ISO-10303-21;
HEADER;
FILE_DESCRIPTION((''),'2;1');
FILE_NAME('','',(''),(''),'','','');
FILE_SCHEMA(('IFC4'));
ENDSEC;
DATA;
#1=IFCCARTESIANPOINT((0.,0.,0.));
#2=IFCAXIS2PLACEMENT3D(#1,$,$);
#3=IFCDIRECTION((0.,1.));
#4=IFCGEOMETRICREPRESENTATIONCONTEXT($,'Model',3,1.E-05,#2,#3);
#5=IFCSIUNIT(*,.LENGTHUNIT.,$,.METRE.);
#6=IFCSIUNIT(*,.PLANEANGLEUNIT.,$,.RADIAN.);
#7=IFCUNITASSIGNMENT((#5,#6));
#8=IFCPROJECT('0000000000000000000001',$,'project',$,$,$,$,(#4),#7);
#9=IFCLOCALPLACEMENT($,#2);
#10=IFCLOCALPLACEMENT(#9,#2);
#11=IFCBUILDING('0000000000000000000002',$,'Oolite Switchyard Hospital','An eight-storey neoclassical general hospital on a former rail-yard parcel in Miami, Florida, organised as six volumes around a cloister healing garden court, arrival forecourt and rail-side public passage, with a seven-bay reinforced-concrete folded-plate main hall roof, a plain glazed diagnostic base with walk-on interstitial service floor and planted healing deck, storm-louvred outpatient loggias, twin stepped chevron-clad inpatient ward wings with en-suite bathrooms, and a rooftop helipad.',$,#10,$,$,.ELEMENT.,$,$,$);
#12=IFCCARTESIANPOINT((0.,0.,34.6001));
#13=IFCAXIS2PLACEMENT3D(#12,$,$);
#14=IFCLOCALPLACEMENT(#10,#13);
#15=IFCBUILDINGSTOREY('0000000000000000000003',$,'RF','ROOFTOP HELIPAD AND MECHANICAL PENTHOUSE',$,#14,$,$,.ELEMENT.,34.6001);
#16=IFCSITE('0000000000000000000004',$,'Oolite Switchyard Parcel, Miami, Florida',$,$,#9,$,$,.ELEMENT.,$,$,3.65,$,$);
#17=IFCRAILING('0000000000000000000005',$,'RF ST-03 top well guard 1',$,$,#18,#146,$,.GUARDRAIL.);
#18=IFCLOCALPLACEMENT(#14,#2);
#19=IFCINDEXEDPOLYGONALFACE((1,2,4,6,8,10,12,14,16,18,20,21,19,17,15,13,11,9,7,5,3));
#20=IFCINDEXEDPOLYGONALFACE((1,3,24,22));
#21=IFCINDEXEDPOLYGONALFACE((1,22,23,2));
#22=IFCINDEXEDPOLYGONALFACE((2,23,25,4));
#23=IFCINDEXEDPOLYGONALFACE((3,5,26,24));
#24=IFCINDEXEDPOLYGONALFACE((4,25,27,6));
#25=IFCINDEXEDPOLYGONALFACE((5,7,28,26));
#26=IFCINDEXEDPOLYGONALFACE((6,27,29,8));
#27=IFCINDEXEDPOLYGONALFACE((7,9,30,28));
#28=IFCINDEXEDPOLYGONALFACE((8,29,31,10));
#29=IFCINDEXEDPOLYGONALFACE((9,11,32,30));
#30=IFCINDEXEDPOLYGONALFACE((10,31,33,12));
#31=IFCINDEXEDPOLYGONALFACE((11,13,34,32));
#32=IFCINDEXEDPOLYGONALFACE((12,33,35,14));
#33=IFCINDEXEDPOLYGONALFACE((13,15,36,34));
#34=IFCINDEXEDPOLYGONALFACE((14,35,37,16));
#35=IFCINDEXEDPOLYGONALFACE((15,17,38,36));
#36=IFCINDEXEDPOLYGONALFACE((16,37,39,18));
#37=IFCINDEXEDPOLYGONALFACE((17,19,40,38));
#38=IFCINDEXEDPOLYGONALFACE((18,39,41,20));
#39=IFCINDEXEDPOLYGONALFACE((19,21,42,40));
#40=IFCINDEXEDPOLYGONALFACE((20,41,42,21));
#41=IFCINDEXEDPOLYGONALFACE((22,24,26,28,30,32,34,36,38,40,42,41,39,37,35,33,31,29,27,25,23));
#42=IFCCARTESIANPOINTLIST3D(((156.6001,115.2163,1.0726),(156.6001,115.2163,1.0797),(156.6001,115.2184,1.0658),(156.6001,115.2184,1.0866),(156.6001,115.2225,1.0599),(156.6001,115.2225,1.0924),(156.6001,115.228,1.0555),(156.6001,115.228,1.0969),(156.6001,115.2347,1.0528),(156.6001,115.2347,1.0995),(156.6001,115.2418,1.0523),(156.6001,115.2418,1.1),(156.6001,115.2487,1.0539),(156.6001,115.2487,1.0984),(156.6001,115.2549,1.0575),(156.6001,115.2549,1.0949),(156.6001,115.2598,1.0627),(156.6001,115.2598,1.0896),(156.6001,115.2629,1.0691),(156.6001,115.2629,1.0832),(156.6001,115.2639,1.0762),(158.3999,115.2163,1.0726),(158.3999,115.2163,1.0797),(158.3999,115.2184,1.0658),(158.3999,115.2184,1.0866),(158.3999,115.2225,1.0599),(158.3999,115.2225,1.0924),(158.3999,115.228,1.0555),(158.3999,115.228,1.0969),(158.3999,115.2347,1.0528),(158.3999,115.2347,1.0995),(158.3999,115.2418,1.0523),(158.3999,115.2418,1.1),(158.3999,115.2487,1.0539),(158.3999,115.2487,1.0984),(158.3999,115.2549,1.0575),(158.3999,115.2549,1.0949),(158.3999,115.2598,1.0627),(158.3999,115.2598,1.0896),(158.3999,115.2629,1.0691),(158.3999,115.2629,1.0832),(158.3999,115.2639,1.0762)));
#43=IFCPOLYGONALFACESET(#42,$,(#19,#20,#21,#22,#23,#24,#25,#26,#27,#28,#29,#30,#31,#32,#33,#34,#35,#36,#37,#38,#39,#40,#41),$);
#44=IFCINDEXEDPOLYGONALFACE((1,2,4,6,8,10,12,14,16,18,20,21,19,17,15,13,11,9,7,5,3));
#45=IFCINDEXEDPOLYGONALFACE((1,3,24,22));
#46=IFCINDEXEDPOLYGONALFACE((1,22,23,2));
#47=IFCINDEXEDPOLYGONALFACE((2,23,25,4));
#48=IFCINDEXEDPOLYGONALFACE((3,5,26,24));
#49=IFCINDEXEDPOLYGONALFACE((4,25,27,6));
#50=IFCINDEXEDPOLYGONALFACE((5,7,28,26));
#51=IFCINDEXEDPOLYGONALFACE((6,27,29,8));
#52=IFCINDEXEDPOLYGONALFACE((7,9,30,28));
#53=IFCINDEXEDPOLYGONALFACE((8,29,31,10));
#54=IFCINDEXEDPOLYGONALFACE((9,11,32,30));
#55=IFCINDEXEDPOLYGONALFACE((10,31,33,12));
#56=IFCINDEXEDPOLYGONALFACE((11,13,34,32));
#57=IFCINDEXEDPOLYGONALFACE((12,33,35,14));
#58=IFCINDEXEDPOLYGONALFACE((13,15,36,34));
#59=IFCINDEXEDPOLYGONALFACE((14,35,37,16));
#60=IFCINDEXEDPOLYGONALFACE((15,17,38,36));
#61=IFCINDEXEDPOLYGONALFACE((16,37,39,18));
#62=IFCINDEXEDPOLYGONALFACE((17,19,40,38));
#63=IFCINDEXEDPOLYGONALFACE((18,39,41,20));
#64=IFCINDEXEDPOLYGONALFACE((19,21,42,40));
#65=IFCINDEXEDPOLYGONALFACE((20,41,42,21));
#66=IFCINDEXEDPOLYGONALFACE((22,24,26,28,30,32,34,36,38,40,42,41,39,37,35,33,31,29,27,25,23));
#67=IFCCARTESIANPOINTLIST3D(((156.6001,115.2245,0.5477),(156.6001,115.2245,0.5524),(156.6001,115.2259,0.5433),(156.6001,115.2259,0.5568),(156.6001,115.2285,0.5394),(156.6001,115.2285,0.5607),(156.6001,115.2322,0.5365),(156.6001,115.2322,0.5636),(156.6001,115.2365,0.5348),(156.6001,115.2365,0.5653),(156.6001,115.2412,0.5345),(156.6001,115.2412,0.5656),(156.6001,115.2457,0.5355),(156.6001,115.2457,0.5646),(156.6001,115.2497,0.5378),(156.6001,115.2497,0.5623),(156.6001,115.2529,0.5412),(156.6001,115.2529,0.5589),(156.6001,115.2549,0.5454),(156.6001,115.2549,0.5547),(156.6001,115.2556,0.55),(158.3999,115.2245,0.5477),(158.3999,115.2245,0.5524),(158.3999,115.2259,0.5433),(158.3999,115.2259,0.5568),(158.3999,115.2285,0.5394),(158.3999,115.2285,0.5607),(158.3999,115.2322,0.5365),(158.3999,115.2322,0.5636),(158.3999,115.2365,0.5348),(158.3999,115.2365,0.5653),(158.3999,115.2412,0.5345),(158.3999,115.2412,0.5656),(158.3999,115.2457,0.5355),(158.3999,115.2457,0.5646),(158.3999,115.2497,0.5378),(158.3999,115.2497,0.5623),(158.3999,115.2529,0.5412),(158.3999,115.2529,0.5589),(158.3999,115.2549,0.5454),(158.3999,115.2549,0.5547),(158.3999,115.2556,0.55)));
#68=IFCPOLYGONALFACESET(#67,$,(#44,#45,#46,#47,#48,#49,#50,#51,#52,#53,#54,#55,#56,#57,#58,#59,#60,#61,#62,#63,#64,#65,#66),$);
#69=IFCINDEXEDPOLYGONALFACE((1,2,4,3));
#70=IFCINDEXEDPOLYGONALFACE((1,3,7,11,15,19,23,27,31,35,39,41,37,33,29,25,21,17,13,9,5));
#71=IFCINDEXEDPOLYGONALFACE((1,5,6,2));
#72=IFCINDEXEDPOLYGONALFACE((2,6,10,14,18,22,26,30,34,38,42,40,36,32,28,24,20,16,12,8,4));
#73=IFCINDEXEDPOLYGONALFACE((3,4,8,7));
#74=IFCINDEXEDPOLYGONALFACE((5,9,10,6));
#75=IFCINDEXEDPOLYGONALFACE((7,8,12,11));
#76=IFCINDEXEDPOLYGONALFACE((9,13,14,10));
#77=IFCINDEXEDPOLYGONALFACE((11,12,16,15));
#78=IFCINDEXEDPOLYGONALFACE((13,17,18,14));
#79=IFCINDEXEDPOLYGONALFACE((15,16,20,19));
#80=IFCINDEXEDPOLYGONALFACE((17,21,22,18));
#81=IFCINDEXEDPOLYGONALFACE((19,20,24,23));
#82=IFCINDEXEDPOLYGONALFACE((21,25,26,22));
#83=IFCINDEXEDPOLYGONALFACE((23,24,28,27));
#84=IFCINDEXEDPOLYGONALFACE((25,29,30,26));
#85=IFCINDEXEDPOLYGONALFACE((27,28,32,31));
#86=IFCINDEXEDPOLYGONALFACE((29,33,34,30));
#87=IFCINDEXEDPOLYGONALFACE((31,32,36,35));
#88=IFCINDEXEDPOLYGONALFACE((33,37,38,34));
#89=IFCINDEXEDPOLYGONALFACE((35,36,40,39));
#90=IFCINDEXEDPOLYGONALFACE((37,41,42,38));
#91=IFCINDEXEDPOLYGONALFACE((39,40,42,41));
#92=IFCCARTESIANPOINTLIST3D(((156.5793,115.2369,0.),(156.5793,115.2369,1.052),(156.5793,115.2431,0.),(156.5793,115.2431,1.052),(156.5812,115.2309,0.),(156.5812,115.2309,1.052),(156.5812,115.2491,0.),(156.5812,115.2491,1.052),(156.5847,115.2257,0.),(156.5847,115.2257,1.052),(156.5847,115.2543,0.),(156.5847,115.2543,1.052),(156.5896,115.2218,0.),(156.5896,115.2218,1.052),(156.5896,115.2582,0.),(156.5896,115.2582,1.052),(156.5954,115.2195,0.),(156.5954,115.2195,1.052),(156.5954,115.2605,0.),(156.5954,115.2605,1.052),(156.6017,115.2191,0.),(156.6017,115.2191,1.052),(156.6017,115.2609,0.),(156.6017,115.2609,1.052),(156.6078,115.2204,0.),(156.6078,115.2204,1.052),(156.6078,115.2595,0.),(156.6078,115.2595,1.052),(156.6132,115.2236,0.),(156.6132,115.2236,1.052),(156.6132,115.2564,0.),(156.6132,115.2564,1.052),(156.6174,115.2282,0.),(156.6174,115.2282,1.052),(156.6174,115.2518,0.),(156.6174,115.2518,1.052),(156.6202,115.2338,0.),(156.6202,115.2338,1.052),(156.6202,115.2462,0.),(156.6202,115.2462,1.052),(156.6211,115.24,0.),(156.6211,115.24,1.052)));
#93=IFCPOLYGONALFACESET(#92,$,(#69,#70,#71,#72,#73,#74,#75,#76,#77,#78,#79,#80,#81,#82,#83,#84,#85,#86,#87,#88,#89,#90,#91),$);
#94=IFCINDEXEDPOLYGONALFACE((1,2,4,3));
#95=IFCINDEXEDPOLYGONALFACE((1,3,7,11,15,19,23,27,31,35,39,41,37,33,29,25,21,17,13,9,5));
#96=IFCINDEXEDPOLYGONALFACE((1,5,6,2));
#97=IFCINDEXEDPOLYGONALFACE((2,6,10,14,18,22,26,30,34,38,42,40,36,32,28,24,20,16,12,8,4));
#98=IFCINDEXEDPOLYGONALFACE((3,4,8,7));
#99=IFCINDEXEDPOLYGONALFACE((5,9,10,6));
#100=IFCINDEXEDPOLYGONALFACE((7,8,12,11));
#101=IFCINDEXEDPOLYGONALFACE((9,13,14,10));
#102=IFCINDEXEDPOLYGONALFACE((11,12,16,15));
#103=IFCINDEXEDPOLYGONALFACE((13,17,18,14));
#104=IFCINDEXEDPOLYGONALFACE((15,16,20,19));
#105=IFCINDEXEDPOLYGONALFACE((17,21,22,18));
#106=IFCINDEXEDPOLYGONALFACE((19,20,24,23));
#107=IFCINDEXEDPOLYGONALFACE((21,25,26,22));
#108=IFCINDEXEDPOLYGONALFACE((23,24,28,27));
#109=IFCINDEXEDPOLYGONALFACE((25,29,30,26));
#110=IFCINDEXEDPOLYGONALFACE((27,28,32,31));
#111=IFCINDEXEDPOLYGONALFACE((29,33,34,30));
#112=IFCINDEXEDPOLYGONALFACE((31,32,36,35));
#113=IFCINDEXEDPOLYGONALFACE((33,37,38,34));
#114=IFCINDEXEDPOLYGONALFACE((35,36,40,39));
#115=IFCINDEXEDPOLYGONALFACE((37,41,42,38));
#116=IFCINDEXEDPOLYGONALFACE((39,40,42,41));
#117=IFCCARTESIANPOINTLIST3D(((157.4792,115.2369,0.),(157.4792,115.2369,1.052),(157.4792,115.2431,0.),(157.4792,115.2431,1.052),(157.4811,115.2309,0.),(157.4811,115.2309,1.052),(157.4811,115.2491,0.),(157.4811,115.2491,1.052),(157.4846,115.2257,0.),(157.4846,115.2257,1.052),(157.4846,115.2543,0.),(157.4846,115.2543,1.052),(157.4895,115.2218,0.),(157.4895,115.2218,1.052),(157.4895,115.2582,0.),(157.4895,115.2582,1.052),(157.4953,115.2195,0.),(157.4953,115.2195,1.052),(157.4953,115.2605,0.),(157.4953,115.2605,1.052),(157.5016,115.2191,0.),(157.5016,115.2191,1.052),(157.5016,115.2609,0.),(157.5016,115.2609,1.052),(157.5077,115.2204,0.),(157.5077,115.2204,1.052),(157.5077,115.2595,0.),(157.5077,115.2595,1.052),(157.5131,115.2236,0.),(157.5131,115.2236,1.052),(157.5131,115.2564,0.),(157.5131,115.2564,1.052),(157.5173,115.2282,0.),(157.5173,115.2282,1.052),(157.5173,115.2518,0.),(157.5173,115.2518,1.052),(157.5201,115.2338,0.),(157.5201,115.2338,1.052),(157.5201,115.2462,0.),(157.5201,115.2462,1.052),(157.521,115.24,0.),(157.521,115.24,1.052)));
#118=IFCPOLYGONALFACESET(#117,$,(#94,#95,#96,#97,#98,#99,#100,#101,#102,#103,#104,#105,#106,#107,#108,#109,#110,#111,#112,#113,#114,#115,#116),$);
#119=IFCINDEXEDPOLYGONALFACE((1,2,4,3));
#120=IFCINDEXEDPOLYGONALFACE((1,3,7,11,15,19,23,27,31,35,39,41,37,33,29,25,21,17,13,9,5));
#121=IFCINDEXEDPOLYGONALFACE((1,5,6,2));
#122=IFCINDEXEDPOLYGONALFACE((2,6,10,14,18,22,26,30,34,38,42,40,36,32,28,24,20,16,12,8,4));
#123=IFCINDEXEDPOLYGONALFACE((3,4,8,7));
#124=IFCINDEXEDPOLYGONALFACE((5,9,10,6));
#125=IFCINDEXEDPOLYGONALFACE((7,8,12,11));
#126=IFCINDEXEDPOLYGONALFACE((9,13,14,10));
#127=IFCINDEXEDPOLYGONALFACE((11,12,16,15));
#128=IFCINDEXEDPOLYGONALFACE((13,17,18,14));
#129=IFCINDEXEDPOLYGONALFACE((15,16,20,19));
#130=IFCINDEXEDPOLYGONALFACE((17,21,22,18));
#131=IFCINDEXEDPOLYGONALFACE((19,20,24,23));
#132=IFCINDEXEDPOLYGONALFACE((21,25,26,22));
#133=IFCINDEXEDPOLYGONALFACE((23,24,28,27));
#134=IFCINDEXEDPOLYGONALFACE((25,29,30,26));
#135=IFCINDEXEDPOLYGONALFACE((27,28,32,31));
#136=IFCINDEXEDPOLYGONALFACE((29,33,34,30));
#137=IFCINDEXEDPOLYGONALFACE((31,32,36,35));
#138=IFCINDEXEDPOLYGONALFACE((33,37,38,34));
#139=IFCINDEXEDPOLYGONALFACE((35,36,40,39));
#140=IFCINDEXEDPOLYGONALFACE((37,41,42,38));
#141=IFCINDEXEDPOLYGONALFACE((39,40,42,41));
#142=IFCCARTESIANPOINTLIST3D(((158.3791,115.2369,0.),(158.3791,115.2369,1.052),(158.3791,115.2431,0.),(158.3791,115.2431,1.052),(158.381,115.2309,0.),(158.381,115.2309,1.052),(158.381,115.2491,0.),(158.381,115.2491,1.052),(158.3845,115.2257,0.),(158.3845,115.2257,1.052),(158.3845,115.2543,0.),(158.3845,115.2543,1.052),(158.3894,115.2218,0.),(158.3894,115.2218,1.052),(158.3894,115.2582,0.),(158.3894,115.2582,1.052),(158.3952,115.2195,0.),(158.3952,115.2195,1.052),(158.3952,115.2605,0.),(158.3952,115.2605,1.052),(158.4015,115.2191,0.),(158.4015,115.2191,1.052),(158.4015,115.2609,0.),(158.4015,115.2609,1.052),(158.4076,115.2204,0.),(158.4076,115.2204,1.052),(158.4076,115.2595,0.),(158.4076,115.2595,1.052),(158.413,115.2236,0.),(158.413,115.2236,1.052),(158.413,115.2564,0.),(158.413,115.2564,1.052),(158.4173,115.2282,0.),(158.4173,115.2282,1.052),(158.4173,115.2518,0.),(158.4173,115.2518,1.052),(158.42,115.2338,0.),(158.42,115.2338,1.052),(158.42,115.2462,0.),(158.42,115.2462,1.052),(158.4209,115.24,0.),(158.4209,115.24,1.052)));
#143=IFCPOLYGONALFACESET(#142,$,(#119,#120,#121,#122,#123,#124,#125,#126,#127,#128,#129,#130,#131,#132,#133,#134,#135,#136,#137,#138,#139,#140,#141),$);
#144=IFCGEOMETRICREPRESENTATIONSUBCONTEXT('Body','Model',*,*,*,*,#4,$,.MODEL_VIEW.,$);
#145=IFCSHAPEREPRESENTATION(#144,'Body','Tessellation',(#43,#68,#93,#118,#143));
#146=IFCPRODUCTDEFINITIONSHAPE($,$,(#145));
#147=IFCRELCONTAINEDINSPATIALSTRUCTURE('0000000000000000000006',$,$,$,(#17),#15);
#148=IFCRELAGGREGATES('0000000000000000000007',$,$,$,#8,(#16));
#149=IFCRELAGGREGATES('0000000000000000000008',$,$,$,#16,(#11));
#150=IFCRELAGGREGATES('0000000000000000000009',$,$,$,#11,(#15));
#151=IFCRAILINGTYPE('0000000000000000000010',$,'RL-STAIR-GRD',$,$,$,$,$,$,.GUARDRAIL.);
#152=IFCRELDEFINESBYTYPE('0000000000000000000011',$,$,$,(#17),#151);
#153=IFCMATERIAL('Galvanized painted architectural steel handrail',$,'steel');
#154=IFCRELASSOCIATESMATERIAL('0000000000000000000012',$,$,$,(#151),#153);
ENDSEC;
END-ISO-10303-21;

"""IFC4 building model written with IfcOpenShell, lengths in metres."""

from ifc_helpers import new_model, si_unit, direction, frame, origin, origin_2d, place, context, subcontext, project, spatial, circle, extrude, material, type_object, element, save


model = new_model("IFC4")

# Units and contexts
model_context = context("Model", 3, precision=1e-05, world=origin(), true_north=direction((0.0, 1.0)))
body_context = subcontext(model_context, "Body", "Model", "MODEL_VIEW")
ifc_project = project(units=[si_unit("LENGTHUNIT", "METRE"), si_unit("PLANEANGLEUNIT", "RADIAN")], contexts=[model_context])

# Site, building, storey
site_placement = place(None, origin())
site = spatial("IfcSite", under=ifc_project, at=site_placement, Name="Oolite Switchyard Parcel, Miami, Florida", CompositionType="ELEMENT", RefElevation=3.65)
building_placement = place(site_placement, origin())
building = spatial("IfcBuilding", under=site, at=building_placement, Name="Oolite Switchyard Hospital", Description="An eight-storey neoclassical general hospital on a former rail-yard parcel in Miami, Florida, organised as six volumes around a cloister healing garden court, arrival forecourt and rail-side public passage, with a seven-bay reinforced-concrete folded-plate main hall roof, a plain glazed diagnostic base with walk-on interstitial service floor and planted healing deck, storm-louvred outpatient loggias, twin stepped chevron-clad inpatient ward wings with en-suite bathrooms, and a rooftop helipad.", CompositionType="ELEMENT")
storey_placement = place(building_placement, frame((0.0, 0.0, 34.6001)))
storey = spatial("IfcBuildingStorey", under=building, at=storey_placement, Name="RF", Description="ROOFTOP HELIPAD AND MECHANICAL PENTHOUSE", CompositionType="ELEMENT", Elevation=34.6001)

# Railing
ifc_material_1 = material(Name="Galvanized painted architectural steel handrail", Category="steel")
railing_type = type_object("IfcRailingType", Name="RL-STAIR-GRD", PredefinedType="GUARDRAIL", material=ifc_material_1)
railing_placement = place(storey_placement, frame((156.6001, 115.24, 0.0)))
element("IfcRailing", 1, at=railing_placement, inside=storey, type_object=railing_type, Name="RF ST-03 top well guard 1", PredefinedType="GUARDRAIL", context=body_context, shape_type="SweptSolid", body=[
    extrude(circle(Radius=0.0239, at=origin_2d()), frame((0.0, 0.0, 1.0762), z_axis=(1.0, 0.0, 0.0), x_axis=(0.0, 1.0, 0.0)), (0.0, 0.0, 1.0), 1.7998),
    extrude(circle(Radius=0.0156, at=origin_2d()), frame((0.0, 0.0, 0.55), z_axis=(1.0, 0.0, 0.0), x_axis=(0.0, 1.0, 0.0)), (0.0, 0.0, 1.0), 1.7998),
    extrude(circle(Radius=0.021, at=origin_2d()), origin(), (0.0, 0.0, 1.0), 1.052),
    extrude(circle(Radius=0.021, at=origin_2d()), frame((0.8999, 0.0, 0.0)), (0.0, 0.0, 1.0), 1.052),
    extrude(circle(Radius=0.021, at=origin_2d()), frame((1.7998, 0.0, 0.0)), (0.0, 0.0, 1.0), 1.052),
])

save(model, "model.ifc")
